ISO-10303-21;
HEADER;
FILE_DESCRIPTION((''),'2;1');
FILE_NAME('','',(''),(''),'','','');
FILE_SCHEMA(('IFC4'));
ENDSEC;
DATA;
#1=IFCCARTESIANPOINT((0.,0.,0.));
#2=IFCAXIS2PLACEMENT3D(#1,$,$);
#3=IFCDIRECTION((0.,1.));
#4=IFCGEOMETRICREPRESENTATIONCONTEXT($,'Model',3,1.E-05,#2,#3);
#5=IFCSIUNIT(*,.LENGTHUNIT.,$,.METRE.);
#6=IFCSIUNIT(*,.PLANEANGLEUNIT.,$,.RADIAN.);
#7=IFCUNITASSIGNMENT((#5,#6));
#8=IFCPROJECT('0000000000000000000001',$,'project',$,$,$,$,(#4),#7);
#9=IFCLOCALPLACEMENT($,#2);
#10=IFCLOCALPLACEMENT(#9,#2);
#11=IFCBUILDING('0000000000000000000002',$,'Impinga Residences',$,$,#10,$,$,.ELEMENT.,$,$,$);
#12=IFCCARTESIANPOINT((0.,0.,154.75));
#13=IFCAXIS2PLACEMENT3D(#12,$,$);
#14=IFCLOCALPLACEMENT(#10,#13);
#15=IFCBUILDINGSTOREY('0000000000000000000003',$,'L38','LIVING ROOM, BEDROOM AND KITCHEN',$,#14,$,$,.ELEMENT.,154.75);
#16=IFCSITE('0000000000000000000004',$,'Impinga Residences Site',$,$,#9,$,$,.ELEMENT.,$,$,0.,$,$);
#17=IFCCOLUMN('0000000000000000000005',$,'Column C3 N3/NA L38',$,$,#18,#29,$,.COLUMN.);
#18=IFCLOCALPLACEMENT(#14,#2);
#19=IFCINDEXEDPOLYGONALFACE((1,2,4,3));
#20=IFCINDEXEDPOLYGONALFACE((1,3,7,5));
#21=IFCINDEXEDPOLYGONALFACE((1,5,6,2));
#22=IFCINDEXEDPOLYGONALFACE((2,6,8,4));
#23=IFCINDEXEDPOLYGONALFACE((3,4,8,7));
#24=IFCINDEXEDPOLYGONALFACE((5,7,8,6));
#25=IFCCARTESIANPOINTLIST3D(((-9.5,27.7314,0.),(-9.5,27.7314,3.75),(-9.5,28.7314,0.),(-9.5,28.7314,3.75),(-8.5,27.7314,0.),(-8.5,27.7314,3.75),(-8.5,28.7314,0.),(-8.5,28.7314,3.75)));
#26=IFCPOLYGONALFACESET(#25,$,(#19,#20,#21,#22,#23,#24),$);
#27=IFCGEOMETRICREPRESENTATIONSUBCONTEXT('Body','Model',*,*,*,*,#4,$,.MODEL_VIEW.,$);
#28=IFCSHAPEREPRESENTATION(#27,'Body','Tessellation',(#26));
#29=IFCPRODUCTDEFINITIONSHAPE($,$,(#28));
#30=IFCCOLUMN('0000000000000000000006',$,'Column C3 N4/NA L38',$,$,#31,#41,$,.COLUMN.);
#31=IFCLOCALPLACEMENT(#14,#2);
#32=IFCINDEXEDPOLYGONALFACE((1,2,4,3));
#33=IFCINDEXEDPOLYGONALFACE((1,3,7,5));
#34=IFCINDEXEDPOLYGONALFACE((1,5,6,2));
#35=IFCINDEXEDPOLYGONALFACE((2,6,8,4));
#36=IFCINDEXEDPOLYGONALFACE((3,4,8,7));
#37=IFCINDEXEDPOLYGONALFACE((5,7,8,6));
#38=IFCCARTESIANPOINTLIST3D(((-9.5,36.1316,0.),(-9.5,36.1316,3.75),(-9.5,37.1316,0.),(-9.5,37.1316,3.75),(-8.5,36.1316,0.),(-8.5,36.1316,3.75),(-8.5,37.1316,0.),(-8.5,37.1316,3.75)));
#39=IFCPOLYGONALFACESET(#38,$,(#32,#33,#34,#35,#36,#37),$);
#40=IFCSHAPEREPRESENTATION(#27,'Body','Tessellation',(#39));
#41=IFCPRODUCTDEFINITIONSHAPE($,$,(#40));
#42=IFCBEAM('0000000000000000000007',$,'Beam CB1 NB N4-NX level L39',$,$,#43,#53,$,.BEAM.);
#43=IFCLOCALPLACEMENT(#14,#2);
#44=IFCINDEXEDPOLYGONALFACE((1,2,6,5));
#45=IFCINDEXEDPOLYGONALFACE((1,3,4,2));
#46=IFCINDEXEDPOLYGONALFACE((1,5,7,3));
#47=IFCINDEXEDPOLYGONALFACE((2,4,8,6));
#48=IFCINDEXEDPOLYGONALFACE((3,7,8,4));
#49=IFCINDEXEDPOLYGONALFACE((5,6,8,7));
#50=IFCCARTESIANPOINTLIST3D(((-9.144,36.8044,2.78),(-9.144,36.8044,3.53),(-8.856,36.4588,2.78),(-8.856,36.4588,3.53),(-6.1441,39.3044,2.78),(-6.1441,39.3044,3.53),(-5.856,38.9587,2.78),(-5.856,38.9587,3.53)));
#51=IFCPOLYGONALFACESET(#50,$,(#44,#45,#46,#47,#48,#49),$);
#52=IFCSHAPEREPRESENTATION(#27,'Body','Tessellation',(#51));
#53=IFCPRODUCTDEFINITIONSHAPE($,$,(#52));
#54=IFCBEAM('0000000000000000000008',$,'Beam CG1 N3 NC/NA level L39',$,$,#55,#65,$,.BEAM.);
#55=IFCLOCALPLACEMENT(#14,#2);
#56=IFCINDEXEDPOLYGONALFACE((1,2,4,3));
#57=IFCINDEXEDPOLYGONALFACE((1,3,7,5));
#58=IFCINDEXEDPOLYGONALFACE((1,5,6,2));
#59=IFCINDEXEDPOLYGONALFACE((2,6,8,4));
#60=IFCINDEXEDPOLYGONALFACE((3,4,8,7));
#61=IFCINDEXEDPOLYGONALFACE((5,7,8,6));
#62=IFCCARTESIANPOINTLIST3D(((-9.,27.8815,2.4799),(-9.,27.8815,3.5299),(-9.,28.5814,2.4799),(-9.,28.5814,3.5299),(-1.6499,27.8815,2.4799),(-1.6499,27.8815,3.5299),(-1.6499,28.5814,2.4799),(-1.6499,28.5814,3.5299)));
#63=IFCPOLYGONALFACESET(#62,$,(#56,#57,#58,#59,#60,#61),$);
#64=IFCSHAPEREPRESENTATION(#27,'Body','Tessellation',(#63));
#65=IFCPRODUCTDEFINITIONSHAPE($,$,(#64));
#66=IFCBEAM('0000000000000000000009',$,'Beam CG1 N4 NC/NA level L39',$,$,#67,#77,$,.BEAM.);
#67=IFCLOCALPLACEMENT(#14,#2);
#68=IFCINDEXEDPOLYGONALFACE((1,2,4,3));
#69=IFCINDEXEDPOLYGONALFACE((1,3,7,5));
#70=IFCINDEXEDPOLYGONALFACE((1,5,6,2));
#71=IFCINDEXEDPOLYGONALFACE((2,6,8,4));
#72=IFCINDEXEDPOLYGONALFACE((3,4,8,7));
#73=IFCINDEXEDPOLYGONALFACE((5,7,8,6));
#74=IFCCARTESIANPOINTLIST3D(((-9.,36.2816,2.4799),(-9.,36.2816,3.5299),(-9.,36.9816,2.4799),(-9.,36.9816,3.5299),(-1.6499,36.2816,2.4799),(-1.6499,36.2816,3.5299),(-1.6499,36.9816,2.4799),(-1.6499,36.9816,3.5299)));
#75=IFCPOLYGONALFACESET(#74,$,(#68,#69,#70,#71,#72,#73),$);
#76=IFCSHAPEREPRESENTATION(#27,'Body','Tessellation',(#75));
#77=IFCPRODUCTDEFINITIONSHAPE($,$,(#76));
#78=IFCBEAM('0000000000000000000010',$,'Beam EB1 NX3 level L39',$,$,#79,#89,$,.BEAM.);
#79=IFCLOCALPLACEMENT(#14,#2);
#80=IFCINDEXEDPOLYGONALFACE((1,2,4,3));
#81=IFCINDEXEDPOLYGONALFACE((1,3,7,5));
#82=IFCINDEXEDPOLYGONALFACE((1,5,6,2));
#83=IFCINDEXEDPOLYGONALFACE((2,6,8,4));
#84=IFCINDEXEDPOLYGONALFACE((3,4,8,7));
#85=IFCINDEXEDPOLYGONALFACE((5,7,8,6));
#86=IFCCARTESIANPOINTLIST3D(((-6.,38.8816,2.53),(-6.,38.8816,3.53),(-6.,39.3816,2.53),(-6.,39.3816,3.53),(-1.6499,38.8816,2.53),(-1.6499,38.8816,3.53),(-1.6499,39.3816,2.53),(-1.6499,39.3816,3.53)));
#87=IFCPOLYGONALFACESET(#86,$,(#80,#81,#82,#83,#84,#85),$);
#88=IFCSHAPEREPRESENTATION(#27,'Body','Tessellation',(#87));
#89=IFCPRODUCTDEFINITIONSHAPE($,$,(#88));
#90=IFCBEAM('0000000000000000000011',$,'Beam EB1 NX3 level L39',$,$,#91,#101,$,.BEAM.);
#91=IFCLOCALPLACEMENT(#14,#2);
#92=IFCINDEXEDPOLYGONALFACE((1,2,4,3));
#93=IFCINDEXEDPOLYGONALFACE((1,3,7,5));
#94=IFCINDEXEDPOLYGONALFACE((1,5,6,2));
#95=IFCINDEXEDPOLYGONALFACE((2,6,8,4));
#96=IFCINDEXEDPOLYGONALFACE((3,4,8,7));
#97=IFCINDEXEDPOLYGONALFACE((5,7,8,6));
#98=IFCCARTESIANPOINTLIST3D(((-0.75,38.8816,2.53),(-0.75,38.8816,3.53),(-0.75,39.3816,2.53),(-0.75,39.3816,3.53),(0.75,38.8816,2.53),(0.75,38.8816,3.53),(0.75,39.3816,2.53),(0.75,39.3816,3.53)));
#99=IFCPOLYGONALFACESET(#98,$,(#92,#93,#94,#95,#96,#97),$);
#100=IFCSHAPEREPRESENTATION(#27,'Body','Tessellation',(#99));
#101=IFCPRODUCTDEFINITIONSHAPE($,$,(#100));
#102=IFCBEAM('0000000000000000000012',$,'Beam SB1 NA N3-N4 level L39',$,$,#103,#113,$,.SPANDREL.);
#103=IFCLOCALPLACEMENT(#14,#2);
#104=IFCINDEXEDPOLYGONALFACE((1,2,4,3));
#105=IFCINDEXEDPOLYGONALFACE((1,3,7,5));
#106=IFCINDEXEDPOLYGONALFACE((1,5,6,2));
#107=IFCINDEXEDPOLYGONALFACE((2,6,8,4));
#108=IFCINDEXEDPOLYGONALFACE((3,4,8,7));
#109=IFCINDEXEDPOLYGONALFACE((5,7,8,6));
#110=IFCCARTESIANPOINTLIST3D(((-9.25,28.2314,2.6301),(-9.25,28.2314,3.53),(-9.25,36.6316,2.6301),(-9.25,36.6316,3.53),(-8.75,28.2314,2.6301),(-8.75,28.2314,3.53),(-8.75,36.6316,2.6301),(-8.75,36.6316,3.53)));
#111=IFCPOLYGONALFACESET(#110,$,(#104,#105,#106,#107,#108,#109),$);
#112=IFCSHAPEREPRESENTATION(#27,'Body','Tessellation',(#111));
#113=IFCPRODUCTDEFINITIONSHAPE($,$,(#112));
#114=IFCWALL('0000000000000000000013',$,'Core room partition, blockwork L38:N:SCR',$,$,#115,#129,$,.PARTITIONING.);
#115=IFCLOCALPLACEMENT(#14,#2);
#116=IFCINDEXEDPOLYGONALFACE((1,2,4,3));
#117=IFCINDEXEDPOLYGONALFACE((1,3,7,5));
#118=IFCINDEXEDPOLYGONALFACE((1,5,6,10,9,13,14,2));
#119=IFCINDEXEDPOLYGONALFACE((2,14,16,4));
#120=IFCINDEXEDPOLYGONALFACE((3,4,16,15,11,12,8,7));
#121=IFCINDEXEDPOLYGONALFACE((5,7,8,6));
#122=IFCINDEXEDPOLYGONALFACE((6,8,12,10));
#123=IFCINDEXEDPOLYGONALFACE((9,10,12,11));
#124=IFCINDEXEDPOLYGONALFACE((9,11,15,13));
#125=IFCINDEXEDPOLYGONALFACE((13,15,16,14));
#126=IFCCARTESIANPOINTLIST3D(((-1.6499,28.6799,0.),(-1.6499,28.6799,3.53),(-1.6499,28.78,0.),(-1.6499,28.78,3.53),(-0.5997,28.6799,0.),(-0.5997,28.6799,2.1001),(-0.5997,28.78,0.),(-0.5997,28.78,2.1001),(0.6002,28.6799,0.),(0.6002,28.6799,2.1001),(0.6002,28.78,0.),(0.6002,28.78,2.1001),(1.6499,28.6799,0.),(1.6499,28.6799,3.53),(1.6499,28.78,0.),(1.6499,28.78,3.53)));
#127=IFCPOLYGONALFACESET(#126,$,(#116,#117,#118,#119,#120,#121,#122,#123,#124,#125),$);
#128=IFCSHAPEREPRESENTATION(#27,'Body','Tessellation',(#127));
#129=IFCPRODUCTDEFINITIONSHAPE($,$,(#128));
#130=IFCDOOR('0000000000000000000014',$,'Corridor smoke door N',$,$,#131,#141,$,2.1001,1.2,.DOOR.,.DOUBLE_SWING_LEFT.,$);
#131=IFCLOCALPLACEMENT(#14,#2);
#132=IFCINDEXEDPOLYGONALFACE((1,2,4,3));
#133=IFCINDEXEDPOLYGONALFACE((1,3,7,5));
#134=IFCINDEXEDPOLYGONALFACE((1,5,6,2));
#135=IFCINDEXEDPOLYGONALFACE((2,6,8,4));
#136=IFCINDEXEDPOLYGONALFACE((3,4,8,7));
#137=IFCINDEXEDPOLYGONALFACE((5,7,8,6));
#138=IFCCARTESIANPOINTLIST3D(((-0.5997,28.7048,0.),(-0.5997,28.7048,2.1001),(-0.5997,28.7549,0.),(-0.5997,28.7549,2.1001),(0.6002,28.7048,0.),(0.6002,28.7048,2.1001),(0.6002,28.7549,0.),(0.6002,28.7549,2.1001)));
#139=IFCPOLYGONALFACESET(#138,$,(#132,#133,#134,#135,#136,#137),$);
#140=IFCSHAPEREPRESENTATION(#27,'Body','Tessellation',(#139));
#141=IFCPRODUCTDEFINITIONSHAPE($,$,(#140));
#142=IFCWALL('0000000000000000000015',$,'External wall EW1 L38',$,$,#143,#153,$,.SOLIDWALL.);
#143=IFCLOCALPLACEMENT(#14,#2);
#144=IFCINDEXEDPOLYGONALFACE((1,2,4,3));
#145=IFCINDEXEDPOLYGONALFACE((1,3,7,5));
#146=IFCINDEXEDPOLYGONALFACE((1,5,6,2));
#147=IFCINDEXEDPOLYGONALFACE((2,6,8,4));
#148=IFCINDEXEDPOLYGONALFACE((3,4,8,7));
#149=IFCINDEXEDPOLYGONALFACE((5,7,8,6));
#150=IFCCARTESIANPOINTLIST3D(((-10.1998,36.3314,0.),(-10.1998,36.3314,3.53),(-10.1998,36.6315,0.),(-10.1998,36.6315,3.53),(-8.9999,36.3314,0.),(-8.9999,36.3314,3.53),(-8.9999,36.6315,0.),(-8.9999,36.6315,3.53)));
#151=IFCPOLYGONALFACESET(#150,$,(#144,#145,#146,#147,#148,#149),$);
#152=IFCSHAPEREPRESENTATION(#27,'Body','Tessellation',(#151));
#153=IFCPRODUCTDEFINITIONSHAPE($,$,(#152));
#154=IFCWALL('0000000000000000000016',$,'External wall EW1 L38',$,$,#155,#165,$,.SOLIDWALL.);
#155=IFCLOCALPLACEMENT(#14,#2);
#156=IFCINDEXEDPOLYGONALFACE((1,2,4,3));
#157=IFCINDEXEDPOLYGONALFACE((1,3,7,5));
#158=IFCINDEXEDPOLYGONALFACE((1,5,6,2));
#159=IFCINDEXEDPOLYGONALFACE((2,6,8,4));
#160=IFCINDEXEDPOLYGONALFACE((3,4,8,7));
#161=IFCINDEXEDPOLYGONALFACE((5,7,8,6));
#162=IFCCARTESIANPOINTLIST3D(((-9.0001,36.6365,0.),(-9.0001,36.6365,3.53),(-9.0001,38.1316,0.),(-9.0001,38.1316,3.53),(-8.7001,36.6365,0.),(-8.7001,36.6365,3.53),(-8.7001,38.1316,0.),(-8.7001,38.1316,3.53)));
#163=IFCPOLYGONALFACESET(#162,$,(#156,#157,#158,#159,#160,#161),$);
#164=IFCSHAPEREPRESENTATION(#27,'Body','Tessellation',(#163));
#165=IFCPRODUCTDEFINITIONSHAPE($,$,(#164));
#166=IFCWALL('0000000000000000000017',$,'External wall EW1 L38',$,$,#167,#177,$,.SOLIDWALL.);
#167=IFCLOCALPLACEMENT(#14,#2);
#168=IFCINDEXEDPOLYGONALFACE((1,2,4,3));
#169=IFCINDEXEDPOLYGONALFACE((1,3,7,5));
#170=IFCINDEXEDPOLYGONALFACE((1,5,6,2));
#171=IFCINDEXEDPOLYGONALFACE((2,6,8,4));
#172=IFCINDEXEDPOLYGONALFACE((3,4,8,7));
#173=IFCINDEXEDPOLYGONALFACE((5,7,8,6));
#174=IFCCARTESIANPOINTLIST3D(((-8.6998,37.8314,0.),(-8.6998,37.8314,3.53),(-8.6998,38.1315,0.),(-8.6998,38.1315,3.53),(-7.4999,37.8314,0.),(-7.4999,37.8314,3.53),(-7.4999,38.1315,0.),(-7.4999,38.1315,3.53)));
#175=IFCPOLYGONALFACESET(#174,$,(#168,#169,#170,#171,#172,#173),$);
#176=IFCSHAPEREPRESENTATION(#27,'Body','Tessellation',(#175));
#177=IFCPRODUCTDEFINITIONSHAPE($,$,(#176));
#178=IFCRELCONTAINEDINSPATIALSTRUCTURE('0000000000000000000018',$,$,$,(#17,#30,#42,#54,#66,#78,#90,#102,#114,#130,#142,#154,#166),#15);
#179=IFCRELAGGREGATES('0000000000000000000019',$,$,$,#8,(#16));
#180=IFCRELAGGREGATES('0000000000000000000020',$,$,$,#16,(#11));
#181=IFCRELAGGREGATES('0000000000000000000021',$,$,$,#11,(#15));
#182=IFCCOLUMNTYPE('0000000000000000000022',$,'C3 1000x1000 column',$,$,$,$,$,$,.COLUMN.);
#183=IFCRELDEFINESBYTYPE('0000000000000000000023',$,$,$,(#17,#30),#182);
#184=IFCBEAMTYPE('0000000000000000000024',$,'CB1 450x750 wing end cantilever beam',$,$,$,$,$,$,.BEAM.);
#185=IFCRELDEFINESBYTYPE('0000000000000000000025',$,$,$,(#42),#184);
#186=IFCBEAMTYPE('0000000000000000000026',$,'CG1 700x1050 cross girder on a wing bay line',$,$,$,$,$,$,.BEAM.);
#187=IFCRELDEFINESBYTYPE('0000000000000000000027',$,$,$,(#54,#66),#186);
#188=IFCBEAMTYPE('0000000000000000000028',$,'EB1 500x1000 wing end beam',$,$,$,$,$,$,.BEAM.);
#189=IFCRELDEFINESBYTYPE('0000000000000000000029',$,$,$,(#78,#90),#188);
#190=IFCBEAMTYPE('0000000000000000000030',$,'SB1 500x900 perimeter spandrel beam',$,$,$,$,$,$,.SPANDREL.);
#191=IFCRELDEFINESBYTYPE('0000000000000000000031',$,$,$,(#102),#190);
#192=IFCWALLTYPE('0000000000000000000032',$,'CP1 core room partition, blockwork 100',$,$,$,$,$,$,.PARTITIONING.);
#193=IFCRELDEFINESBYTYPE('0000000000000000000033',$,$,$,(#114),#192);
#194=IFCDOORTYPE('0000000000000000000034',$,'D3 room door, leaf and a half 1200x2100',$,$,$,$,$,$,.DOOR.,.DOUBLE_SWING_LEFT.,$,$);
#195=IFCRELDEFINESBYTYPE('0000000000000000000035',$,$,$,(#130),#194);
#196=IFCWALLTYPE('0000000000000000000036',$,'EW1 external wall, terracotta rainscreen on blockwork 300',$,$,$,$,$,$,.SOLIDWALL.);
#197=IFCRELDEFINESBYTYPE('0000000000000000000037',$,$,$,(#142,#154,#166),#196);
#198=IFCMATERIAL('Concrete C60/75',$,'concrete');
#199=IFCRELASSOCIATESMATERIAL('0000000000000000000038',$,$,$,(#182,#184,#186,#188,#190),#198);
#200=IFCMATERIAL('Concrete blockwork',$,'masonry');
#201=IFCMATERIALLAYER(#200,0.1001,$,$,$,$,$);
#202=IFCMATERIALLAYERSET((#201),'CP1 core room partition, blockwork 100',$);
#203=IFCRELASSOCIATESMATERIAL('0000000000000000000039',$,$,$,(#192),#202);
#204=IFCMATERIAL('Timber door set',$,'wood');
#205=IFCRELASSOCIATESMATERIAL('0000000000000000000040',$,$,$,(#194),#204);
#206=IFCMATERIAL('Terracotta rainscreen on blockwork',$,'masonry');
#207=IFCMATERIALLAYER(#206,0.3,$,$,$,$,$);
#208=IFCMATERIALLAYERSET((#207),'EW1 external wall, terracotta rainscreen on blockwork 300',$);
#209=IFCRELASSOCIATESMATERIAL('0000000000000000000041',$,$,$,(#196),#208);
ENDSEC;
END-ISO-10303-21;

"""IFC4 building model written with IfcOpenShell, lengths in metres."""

from ifc_helpers import new_model, si_unit, direction, frame, frame_2d, origin, origin_2d, place, context, subcontext, project, spatial, rectangle, extrude, material, layer, layer_set, material_profile, profile_set, type_object, element, fill, save


model = new_model("IFC4")

# Units and contexts
model_context = context("Model", 3, precision=1e-05, world=origin(), true_north=direction((0.0, 1.0)))
body_context = subcontext(model_context, "Body", "Model", "MODEL_VIEW")
ifc_project = project(units=[si_unit("LENGTHUNIT", "METRE"), si_unit("PLANEANGLEUNIT", "RADIAN")], contexts=[model_context])

# Site, building, storey
site_placement = place(None, origin())
site = spatial("IfcSite", under=ifc_project, at=site_placement, Name="Impinga Residences Site", CompositionType="ELEMENT", RefElevation=0.0)
building_placement = place(site_placement, origin())
building = spatial("IfcBuilding", under=site, at=building_placement, Name="Impinga Residences", CompositionType="ELEMENT")
storey_placement = place(building_placement, frame((0.0, 0.0, 154.75)))
storey = spatial("IfcBuildingStorey", under=building, at=storey_placement, Name="L38", Description="LIVING ROOM, BEDROOM AND KITCHEN", CompositionType="ELEMENT", Elevation=154.75)

# Columns
ifc_material_1 = material(Name="Concrete C60/75", Category="concrete")
ifc_material_profile_1 = material_profile(ifc_material_1, rectangle(XDim=1.0, YDim=1.0, at=origin_2d()), Name="RC 1000x1000")
ifc_profile_set_1 = profile_set([ifc_material_profile_1], Name="Concrete C60/75")
column_type = type_object("IfcColumnType", Name="C3 1000x1000 column", PredefinedType="COLUMN", material=ifc_profile_set_1)
for number, where, z_axis, x_axis, name in (
    (1, (-9.0, 28.2314, 0.0), (0.0, 0.0, 1.0), (1.0, 0.0, 0.0), "Column C3 N3/NA L38"),
    (2, (-9.0, 36.6316, 0.0), (0.0, 0.0, 1.0), (1.0, 0.0, 0.0), "Column C3 N4/NA L38"),
):
    element("IfcColumn", number, at=place(storey_placement, frame(where, z_axis=z_axis, x_axis=x_axis)), inside=storey, type_object=column_type, Name=name, PredefinedType="COLUMN", context=body_context, shape_type="SweptSolid", body=[
        extrude(rectangle(XDim=1.0, YDim=1.0, at=origin_2d()), origin(), (0.0, 0.0, 1.0), 3.75),
    ])

# Beams
ifc_material_profile_2 = material_profile(ifc_material_1, rectangle(XDim=0.45, YDim=0.75, at=origin_2d()), Name="RC 450x750")
ifc_profile_set_2 = profile_set([ifc_material_profile_2], Name="Concrete C60/75")
beam_type_1 = type_object("IfcBeamType", Name="CB1 450x750 wing end cantilever beam", PredefinedType="BEAM", material=ifc_profile_set_2)
beam_1_placement = place(storey_placement, frame((-9.0, 36.6316, 3.155), z_axis=(0.768221, 0.640184, 0.0), x_axis=(-0.640184, 0.768221, 0.0)))
element("IfcBeam", 3, at=beam_1_placement, inside=storey, type_object=beam_type_1, Name="Beam CB1 NB N4-NX level L39", PredefinedType="BEAM", context=body_context, shape_type="SweptSolid", body=[
    extrude(rectangle(XDim=0.45, YDim=0.75, at=origin_2d()), origin(), (0.0, 0.0, 1.0), 3.905),
])
ifc_material_profile_3 = material_profile(ifc_material_1, rectangle(XDim=0.7, YDim=1.05, at=origin_2d()), Name="RC 700x1050")
ifc_profile_set_3 = profile_set([ifc_material_profile_3], Name="Concrete C60/75")
beam_type_2 = type_object("IfcBeamType", Name="CG1 700x1050 cross girder on a wing bay line", PredefinedType="BEAM", material=ifc_profile_set_3)
for number, where, z_axis, x_axis, name in (
    (4, (-1.6499, 28.2314, 3.0049), (-1.0, 0.0, 0.0), (0.0, -1.0, 0.0), "Beam CG1 N3 NC/NA level L39"),
    (5, (-1.6499, 36.6316, 3.0049), (-1.0, 0.0, 0.0), (0.0, -1.0, 0.0), "Beam CG1 N4 NC/NA level L39"),
):
    element("IfcBeam", number, at=place(storey_placement, frame(where, z_axis=z_axis, x_axis=x_axis)), inside=storey, type_object=beam_type_2, Name=name, PredefinedType="BEAM", context=body_context, shape_type="SweptSolid", body=[
        extrude(rectangle(XDim=0.7, YDim=1.05, at=origin_2d()), origin(), (0.0, 0.0, 1.0), 7.3501),
    ])
ifc_material_profile_4 = material_profile(ifc_material_1, rectangle(XDim=0.5, YDim=1.0, at=origin_2d()), Name="RC 500x1000")
ifc_profile_set_4 = profile_set([ifc_material_profile_4], Name="Concrete C60/75")
beam_type_3 = type_object("IfcBeamType", Name="EB1 500x1000 wing end beam", PredefinedType="BEAM", material=ifc_profile_set_4)
beam_2_placement = place(storey_placement, frame((-6.0, 39.1316, 3.03), z_axis=(1.0, 0.0, 0.0), x_axis=(0.0, 1.0, 0.0)))
element("IfcBeam", 6, at=beam_2_placement, inside=storey, type_object=beam_type_3, Name="Beam EB1 NX3 level L39", PredefinedType="BEAM", context=body_context, shape_type="SweptSolid", body=[
    extrude(rectangle(XDim=0.5, YDim=1.0, at=origin_2d()), origin(), (0.0, 0.0, 1.0), 4.3501),
])
beam_3_placement = place(storey_placement, frame((-0.75, 39.1316, 3.03), z_axis=(1.0, 0.0, 0.0), x_axis=(0.0, 1.0, 0.0)))
element("IfcBeam", 7, at=beam_3_placement, inside=storey, type_object=beam_type_3, Name="Beam EB1 NX3 level L39", PredefinedType="BEAM", context=body_context, shape_type="SweptSolid", body=[
    extrude(rectangle(XDim=0.5, YDim=1.0, at=origin_2d()), origin(), (0.0, 0.0, 1.0), 1.5),
])
ifc_material_profile_5 = material_profile(ifc_material_1, rectangle(XDim=0.5, YDim=0.8999, at=origin_2d()), Name="RC 500x900")
ifc_profile_set_5 = profile_set([ifc_material_profile_5], Name="Concrete C60/75")
beam_type_4 = type_object("IfcBeamType", Name="SB1 500x900 perimeter spandrel beam", PredefinedType="SPANDREL", material=ifc_profile_set_5)
beam_4_placement = place(storey_placement, frame((-9.0, 28.2314, 3.0801), z_axis=(0.0, 1.0, 0.0), x_axis=(-1.0, 0.0, 0.0)))
element("IfcBeam", 8, at=beam_4_placement, inside=storey, type_object=beam_type_4, Name="Beam SB1 NA N3-N4 level L39", PredefinedType="SPANDREL", context=body_context, shape_type="SweptSolid", body=[
    extrude(rectangle(XDim=0.5, YDim=0.8999, at=origin_2d()), origin(), (0.0, 0.0, 1.0), 8.4001),
])

# Wall, opening, door
ifc_material_2 = material(Name="Concrete blockwork", Category="masonry")
ifc_layer_1 = layer(ifc_material_2, 0.1001)
ifc_layer_set_1 = layer_set([ifc_layer_1], Name="CP1 core room partition, blockwork 100")
wall_type_1 = type_object("IfcWallType", Name="CP1 core room partition, blockwork 100", PredefinedType="PARTITIONING", material=ifc_layer_set_1)
wall_1_placement = place(storey_placement, frame((-1.6499, 28.73, 0.0), z_axis=(0.0, 0.0, 1.0), x_axis=(1.0, 0.0, 0.0)))
wall_1 = element("IfcWall", 9, at=wall_1_placement, inside=storey, type_object=wall_type_1, Name="Core room partition, blockwork L38:N:SCR", PredefinedType="PARTITIONING", context=body_context, shape_type="SweptSolid", body=[
    extrude(rectangle(XDim=3.2998, YDim=0.1001, at=frame_2d((1.6499, 0.0))), origin(), (0.0, 0.0, 1.0), 3.53),
])
opening_1_placement = place(wall_1_placement, frame((1.05, 0.0, 0.0)))
opening_1 = element("IfcOpeningElement", 10, at=opening_1_placement, cuts=wall_1, PredefinedType="OPENING", context=body_context, shape_type="SweptSolid", body=[
    extrude(rectangle(XDim=1.2, YDim=2.1001, at=frame_2d((0.6001, 1.05))), frame((0.0, 0.0601, 0.0), z_axis=(0.0, -1.0, 0.0), x_axis=(1.0, 0.0, 0.0)), (0.0, 0.0, 1.0), 0.1201),
])
ifc_material_3 = material(Name="Timber door set", Category="wood")
door_type_1 = type_object("IfcDoorType", Name="D3 room door, leaf and a half 1200x2100", OperationType="DOUBLE_SWING_LEFT", PredefinedType="DOOR", material=ifc_material_3)
door_1_placement = place(opening_1_placement, origin())
door_1 = element("IfcDoor", 11, at=door_1_placement, inside=storey, type_object=door_type_1, Name="Corridor smoke door N", OperationType="DOUBLE_SWING_LEFT", OverallHeight=2.1001, OverallWidth=1.2, PredefinedType="DOOR", context=body_context, shape_type="SweptSolid", body=[
    extrude(rectangle(XDim=1.2, YDim=2.1001, at=frame_2d((0.6001, 1.05))), frame((0.0, 0.0249, 0.0), z_axis=(0.0, -1.0, 0.0), x_axis=(1.0, 0.0, 0.0)), (0.0, 0.0, 1.0), 0.05),
])
fill(opening_1, door_1)

# Walls
ifc_material_4 = material(Name="Terracotta rainscreen on blockwork", Category="masonry")
ifc_layer_2 = layer(ifc_material_4, 0.3)
ifc_layer_set_2 = layer_set([ifc_layer_2], Name="EW1 external wall, terracotta rainscreen on blockwork 300")
wall_type_2 = type_object("IfcWallType", Name="EW1 external wall, terracotta rainscreen on blockwork 300", PredefinedType="SOLIDWALL", material=ifc_layer_set_2)
wall_2_placement = place(storey_placement, frame((-10.2, 36.4814, 0.0), z_axis=(0.0, 0.0, 1.0), x_axis=(1.0, 0.0, 0.0)))
element("IfcWall", 12, at=wall_2_placement, inside=storey, type_object=wall_type_2, Name="External wall EW1 L38", PredefinedType="SOLIDWALL", context=body_context, shape_type="SweptSolid", body=[
    extrude(rectangle(XDim=1.2, YDim=0.3, at=frame_2d((0.6001, 0.0))), origin(), (0.0, 0.0, 1.0), 3.53),
])
wall_3_placement = place(storey_placement, frame((-8.8501, 36.6365, 0.0), z_axis=(0.0, 0.0, 1.0), x_axis=(0.0, 1.0, 0.0)))
element("IfcWall", 13, at=wall_3_placement, inside=storey, type_object=wall_type_2, Name="External wall EW1 L38", PredefinedType="SOLIDWALL", context=body_context, shape_type="SweptSolid", body=[
    extrude(rectangle(XDim=1.4951, YDim=0.3, at=frame_2d((0.7476, 0.0))), origin(), (0.0, 0.0, 1.0), 3.53),
])
wall_4_placement = place(storey_placement, frame((-8.7, 37.9814, 0.0), z_axis=(0.0, 0.0, 1.0), x_axis=(1.0, 0.0, 0.0)))
element("IfcWall", 14, at=wall_4_placement, inside=storey, type_object=wall_type_2, Name="External wall EW1 L38", PredefinedType="SOLIDWALL", context=body_context, shape_type="SweptSolid", body=[
    extrude(rectangle(XDim=1.2, YDim=0.3, at=frame_2d((0.6001, 0.0))), origin(), (0.0, 0.0, 1.0), 3.53),
])

save(model, "model.ifc")
